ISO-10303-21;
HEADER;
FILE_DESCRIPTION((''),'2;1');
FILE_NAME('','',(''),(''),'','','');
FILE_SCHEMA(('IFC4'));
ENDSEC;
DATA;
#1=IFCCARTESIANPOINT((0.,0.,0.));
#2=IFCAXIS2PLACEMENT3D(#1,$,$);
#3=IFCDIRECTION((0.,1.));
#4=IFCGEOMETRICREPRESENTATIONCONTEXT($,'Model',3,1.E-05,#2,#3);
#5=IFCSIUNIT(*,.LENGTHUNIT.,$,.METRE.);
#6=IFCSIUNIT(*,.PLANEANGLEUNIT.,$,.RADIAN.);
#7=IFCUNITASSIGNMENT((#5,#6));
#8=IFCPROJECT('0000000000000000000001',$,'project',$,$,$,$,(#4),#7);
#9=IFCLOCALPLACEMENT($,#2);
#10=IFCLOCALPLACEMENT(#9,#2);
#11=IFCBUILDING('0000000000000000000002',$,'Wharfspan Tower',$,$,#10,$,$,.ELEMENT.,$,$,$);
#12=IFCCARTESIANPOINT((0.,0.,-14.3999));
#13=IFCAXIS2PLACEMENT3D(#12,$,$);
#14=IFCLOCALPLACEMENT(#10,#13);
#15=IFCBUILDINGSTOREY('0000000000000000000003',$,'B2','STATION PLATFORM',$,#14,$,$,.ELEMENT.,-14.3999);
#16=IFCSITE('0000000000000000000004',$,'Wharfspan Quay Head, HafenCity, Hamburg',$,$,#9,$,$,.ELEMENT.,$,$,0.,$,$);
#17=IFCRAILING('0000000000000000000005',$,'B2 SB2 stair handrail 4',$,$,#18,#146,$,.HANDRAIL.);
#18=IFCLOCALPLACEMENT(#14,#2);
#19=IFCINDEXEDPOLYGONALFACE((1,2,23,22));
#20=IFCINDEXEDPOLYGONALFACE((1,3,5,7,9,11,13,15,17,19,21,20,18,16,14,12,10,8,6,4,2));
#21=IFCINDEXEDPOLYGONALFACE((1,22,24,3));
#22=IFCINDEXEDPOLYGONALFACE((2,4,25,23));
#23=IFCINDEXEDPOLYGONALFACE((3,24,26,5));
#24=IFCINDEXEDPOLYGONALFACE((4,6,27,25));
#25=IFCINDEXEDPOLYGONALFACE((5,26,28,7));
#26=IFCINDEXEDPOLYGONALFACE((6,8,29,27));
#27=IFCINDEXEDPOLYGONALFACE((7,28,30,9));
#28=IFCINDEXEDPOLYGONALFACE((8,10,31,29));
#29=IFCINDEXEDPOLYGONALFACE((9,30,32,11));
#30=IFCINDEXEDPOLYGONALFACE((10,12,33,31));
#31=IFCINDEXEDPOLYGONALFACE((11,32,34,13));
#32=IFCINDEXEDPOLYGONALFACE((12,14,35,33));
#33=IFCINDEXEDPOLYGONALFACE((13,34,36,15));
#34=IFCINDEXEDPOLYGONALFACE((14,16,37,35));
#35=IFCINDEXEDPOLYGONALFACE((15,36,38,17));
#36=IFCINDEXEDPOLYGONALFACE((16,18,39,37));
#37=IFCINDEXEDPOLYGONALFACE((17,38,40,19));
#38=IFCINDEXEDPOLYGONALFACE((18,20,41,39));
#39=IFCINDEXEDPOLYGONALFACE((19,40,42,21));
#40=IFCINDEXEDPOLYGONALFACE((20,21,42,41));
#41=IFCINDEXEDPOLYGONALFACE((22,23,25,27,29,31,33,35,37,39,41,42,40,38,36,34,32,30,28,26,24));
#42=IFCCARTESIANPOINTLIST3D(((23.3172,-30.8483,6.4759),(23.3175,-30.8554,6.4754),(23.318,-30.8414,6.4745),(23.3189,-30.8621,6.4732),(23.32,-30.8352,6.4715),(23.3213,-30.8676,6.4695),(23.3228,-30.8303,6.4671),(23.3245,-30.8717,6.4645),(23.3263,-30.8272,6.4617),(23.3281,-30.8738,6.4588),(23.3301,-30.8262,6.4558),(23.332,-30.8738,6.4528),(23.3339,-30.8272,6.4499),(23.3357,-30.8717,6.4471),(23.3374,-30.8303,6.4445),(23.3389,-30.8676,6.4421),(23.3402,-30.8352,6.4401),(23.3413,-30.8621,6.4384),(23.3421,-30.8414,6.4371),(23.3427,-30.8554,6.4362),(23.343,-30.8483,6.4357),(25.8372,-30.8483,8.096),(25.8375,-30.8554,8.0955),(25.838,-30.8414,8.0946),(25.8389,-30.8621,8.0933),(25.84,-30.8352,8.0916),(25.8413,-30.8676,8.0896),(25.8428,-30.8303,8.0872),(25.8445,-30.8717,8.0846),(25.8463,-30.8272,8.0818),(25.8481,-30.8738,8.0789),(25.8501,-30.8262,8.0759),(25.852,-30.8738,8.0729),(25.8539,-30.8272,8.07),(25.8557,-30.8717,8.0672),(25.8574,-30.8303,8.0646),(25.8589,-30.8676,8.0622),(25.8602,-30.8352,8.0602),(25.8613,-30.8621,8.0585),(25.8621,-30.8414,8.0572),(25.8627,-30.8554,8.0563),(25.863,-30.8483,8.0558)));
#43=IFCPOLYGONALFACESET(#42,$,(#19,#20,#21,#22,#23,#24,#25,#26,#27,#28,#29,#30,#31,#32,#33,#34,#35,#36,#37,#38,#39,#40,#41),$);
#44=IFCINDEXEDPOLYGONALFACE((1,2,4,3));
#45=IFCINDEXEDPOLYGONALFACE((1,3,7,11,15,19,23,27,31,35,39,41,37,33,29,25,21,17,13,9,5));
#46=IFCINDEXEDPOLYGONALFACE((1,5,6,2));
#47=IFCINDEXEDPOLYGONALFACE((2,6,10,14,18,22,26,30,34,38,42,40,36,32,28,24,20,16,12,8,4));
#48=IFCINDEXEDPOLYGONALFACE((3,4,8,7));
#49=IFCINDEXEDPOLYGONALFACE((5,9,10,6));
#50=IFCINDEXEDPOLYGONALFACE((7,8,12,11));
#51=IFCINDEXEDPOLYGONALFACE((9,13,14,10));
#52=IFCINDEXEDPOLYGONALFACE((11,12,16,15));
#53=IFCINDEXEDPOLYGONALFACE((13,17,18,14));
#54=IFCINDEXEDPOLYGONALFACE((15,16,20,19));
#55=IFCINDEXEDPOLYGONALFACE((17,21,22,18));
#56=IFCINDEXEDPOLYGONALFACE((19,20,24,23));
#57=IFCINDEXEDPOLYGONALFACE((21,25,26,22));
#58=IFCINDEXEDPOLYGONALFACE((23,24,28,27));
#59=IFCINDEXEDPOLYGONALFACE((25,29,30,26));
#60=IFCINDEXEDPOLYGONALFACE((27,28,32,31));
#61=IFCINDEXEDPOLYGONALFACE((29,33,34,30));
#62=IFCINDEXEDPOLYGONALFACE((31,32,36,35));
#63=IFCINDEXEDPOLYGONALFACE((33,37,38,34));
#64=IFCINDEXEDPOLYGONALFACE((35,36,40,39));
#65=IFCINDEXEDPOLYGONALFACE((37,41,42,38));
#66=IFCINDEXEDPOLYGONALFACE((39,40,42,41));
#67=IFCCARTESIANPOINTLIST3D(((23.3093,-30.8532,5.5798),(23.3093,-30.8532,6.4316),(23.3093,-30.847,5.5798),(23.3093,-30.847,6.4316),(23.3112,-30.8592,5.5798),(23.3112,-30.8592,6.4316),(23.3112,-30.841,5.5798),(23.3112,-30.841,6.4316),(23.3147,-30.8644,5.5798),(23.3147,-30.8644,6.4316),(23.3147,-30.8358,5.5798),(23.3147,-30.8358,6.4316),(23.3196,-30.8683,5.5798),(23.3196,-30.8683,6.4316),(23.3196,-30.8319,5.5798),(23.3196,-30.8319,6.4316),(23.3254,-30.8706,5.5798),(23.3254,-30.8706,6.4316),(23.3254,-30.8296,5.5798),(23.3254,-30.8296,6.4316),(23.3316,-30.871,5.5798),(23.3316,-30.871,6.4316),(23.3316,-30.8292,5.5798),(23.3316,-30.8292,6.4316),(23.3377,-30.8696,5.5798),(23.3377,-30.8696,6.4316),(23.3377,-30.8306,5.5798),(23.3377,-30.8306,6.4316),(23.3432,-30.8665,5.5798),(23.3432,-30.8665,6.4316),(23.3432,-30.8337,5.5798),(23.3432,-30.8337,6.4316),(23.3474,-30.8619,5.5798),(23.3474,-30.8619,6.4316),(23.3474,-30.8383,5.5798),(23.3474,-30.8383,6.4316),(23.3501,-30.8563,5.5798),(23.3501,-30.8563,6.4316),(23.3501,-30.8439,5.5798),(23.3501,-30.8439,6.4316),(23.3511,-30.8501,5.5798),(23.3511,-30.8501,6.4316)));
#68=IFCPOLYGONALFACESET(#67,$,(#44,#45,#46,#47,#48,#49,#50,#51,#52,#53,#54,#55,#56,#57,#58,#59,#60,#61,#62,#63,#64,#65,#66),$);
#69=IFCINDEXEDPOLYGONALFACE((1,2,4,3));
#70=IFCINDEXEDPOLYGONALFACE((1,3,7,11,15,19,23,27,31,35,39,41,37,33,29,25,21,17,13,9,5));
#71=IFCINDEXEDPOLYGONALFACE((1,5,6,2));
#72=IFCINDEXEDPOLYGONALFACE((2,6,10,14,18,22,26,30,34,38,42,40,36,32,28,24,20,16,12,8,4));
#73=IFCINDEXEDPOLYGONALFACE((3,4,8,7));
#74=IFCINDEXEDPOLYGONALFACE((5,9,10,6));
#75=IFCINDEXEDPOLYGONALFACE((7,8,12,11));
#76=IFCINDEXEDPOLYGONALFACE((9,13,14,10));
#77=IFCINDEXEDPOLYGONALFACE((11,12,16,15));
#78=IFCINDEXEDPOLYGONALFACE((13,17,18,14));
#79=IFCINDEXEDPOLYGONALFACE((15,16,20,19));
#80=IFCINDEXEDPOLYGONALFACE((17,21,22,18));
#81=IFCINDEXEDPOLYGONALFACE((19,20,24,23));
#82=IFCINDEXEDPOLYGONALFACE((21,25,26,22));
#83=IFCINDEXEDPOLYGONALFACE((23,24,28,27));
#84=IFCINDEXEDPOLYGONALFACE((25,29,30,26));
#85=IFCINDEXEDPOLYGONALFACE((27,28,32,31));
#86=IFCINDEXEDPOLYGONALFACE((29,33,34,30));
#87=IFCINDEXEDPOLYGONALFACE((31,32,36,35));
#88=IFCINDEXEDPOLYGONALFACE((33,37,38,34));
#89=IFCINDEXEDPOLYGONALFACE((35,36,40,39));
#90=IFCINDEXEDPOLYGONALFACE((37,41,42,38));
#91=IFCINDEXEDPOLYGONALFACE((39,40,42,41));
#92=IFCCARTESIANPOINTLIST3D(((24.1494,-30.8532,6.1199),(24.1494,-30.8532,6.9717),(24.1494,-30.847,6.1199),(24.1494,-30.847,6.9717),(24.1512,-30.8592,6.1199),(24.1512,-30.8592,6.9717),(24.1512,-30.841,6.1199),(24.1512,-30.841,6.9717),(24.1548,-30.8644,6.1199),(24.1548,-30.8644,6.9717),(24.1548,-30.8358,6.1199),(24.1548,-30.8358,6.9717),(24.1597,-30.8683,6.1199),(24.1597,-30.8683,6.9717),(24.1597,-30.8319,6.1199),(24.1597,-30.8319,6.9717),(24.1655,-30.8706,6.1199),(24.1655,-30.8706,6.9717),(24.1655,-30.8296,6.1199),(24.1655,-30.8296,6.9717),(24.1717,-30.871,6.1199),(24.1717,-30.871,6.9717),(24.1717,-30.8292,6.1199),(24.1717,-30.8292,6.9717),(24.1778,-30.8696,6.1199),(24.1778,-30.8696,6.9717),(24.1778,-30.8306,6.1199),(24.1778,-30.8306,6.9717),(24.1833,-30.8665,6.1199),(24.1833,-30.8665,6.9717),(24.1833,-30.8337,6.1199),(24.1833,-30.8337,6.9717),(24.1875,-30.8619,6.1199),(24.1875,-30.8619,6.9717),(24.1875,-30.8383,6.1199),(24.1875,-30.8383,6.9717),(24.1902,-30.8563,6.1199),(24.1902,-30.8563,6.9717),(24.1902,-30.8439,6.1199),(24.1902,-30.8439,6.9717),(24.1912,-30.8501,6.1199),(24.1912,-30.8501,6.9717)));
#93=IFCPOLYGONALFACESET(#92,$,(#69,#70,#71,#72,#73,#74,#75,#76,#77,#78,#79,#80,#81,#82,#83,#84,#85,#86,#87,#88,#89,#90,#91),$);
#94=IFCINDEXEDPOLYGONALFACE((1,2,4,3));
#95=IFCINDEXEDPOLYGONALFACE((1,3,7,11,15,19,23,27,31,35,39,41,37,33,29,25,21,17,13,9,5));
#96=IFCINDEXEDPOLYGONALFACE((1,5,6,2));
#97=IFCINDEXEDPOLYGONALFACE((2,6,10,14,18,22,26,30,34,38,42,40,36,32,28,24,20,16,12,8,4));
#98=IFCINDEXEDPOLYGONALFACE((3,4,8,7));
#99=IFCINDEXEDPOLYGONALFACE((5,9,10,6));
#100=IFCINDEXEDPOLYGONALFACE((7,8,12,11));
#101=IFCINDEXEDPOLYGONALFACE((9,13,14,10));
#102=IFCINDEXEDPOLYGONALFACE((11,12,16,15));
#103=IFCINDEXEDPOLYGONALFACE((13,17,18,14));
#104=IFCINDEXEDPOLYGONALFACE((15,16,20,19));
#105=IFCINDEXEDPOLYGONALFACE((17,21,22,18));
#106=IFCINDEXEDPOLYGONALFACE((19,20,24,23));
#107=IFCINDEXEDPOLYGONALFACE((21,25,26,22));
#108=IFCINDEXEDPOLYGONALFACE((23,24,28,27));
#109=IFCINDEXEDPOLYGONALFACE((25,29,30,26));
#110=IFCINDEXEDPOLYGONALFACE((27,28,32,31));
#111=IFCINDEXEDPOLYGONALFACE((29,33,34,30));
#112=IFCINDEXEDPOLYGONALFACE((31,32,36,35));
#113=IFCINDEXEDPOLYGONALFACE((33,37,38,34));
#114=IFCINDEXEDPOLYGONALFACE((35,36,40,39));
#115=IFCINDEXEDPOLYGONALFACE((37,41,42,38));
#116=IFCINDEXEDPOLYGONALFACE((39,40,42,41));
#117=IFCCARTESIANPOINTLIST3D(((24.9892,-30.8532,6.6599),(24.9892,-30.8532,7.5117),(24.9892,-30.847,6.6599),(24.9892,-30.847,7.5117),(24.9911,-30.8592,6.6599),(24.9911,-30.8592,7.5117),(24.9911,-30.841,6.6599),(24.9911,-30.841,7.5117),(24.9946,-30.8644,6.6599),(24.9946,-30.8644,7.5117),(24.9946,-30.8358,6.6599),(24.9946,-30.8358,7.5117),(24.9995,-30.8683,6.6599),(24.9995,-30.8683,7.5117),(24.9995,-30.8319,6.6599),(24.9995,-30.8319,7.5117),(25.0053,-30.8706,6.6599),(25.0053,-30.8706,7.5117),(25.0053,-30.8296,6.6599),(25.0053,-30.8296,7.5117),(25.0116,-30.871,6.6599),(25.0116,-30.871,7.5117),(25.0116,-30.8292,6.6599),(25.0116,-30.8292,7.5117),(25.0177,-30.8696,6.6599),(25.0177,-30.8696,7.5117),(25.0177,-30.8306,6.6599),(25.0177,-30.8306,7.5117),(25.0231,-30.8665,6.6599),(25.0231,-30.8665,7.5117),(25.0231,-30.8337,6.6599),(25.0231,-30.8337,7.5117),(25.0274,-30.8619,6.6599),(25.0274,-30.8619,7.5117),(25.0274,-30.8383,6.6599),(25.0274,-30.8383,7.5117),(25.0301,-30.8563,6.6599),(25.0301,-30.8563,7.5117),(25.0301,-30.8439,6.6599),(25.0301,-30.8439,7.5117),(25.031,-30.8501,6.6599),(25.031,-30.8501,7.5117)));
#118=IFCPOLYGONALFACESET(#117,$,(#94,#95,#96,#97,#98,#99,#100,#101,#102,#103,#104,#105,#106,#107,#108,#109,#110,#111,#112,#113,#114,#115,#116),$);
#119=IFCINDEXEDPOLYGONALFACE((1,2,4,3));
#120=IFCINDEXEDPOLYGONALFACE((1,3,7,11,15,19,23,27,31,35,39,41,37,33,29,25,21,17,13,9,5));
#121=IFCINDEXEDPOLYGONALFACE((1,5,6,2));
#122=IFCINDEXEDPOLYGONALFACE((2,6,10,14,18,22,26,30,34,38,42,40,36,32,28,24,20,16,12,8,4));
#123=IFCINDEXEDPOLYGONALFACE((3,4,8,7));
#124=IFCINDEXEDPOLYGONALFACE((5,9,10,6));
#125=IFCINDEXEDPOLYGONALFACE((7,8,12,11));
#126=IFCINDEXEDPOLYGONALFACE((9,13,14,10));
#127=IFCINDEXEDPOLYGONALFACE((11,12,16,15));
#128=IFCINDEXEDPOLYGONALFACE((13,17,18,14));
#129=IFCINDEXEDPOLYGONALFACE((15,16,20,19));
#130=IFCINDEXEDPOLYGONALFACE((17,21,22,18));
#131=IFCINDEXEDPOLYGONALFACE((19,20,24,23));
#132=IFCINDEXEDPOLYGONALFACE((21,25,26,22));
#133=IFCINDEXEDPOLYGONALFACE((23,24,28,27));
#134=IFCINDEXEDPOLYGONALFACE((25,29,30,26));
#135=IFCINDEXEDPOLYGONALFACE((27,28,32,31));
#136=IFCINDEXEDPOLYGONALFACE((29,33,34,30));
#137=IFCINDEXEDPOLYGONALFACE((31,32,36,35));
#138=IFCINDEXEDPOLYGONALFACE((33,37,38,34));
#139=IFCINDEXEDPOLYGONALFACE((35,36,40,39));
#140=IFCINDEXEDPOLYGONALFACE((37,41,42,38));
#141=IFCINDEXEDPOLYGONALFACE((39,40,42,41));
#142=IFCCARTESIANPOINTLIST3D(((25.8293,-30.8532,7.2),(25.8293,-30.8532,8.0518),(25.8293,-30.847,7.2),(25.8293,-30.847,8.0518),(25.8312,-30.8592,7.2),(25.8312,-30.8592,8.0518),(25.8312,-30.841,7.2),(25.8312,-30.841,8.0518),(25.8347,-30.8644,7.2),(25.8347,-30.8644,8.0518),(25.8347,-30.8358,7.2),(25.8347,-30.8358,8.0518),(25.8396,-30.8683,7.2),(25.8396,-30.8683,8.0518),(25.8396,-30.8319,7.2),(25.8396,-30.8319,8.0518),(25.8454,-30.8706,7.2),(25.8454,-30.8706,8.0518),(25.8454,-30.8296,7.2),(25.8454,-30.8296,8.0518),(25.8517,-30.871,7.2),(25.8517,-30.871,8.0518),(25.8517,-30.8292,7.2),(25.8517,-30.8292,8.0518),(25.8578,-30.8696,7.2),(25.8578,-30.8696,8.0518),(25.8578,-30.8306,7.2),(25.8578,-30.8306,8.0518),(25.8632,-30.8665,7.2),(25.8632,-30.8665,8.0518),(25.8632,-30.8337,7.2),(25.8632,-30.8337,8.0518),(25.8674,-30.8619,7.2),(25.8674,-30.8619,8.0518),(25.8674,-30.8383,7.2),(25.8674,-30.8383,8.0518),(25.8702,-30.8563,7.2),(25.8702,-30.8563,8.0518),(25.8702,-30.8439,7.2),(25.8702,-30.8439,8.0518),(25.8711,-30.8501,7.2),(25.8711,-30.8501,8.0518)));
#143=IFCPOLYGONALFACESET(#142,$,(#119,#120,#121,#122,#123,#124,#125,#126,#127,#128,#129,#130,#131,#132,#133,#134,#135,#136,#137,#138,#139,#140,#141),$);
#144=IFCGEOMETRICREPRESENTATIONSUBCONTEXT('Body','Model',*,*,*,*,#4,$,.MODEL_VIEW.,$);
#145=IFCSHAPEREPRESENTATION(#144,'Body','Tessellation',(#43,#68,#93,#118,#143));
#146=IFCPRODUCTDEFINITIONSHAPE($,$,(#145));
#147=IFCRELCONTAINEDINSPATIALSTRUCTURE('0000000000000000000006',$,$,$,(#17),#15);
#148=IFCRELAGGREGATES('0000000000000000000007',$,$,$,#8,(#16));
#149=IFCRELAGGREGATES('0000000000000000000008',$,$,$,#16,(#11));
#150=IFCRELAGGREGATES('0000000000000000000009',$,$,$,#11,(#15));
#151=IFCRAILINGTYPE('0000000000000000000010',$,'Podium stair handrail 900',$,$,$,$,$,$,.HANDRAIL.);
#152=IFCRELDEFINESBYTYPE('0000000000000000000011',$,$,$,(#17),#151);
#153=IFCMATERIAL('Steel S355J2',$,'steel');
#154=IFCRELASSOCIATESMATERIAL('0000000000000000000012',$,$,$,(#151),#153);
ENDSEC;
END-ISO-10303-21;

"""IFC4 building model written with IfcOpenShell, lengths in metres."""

from ifc_helpers import new_model, si_unit, direction, frame, origin, origin_2d, place, context, subcontext, project, spatial, circle, extrude, material, type_object, element, save


model = new_model("IFC4")

# Units and contexts
model_context = context("Model", 3, precision=1e-05, world=origin(), true_north=direction((0.0, 1.0)))
body_context = subcontext(model_context, "Body", "Model", "MODEL_VIEW")
ifc_project = project(units=[si_unit("LENGTHUNIT", "METRE"), si_unit("PLANEANGLEUNIT", "RADIAN")], contexts=[model_context])

# Site, building, storey
site_placement = place(None, origin())
site = spatial("IfcSite", under=ifc_project, at=site_placement, Name="Wharfspan Quay Head, HafenCity, Hamburg", CompositionType="ELEMENT", RefElevation=0.0)
building_placement = place(site_placement, origin())
building = spatial("IfcBuilding", under=site, at=building_placement, Name="Wharfspan Tower", CompositionType="ELEMENT")
storey_placement = place(building_placement, frame((0.0, 0.0, -14.3999)))
storey = spatial("IfcBuildingStorey", under=building, at=storey_placement, Name="B2", Description="STATION PLATFORM", CompositionType="ELEMENT", Elevation=-14.3999)

# Railing
ifc_material_1 = material(Name="Steel S355J2", Category="steel")
railing_type_1 = type_object("IfcRailingType", Name="Podium stair handrail 900", PredefinedType="HANDRAIL", material=ifc_material_1)
railing_1_placement = place(storey_placement, frame((23.3301, -30.8501, 5.5798)))
element("IfcRailing", 1, at=railing_1_placement, inside=storey, type_object=railing_type_1, Name="B2 SB2 stair handrail 4", PredefinedType="HANDRAIL", context=body_context, shape_type="SweptSolid", body=[
    extrude(circle(Radius=0.0239, at=origin_2d()), frame((0.0, 0.0, 0.876), z_axis=(0.841163, 0.0, 0.540782), x_axis=(0.0, 1.0, 0.0)), (0.0, 0.0, 1.0), 2.9958),
    extrude(circle(Radius=0.021, at=origin_2d()), origin(), (0.0, 0.0, 1.0), 0.8518),
    extrude(circle(Radius=0.021, at=origin_2d()), frame((0.8401, 0.0, 0.54)), (0.0, 0.0, 1.0), 0.8518),
    extrude(circle(Radius=0.021, at=origin_2d()), frame((1.6799, 0.0, 1.0801)), (0.0, 0.0, 1.0), 0.8518),
    extrude(circle(Radius=0.021, at=origin_2d()), frame((2.52, 0.0, 1.6201)), (0.0, 0.0, 1.0), 0.8518),
])

save(model, "model.ifc")
